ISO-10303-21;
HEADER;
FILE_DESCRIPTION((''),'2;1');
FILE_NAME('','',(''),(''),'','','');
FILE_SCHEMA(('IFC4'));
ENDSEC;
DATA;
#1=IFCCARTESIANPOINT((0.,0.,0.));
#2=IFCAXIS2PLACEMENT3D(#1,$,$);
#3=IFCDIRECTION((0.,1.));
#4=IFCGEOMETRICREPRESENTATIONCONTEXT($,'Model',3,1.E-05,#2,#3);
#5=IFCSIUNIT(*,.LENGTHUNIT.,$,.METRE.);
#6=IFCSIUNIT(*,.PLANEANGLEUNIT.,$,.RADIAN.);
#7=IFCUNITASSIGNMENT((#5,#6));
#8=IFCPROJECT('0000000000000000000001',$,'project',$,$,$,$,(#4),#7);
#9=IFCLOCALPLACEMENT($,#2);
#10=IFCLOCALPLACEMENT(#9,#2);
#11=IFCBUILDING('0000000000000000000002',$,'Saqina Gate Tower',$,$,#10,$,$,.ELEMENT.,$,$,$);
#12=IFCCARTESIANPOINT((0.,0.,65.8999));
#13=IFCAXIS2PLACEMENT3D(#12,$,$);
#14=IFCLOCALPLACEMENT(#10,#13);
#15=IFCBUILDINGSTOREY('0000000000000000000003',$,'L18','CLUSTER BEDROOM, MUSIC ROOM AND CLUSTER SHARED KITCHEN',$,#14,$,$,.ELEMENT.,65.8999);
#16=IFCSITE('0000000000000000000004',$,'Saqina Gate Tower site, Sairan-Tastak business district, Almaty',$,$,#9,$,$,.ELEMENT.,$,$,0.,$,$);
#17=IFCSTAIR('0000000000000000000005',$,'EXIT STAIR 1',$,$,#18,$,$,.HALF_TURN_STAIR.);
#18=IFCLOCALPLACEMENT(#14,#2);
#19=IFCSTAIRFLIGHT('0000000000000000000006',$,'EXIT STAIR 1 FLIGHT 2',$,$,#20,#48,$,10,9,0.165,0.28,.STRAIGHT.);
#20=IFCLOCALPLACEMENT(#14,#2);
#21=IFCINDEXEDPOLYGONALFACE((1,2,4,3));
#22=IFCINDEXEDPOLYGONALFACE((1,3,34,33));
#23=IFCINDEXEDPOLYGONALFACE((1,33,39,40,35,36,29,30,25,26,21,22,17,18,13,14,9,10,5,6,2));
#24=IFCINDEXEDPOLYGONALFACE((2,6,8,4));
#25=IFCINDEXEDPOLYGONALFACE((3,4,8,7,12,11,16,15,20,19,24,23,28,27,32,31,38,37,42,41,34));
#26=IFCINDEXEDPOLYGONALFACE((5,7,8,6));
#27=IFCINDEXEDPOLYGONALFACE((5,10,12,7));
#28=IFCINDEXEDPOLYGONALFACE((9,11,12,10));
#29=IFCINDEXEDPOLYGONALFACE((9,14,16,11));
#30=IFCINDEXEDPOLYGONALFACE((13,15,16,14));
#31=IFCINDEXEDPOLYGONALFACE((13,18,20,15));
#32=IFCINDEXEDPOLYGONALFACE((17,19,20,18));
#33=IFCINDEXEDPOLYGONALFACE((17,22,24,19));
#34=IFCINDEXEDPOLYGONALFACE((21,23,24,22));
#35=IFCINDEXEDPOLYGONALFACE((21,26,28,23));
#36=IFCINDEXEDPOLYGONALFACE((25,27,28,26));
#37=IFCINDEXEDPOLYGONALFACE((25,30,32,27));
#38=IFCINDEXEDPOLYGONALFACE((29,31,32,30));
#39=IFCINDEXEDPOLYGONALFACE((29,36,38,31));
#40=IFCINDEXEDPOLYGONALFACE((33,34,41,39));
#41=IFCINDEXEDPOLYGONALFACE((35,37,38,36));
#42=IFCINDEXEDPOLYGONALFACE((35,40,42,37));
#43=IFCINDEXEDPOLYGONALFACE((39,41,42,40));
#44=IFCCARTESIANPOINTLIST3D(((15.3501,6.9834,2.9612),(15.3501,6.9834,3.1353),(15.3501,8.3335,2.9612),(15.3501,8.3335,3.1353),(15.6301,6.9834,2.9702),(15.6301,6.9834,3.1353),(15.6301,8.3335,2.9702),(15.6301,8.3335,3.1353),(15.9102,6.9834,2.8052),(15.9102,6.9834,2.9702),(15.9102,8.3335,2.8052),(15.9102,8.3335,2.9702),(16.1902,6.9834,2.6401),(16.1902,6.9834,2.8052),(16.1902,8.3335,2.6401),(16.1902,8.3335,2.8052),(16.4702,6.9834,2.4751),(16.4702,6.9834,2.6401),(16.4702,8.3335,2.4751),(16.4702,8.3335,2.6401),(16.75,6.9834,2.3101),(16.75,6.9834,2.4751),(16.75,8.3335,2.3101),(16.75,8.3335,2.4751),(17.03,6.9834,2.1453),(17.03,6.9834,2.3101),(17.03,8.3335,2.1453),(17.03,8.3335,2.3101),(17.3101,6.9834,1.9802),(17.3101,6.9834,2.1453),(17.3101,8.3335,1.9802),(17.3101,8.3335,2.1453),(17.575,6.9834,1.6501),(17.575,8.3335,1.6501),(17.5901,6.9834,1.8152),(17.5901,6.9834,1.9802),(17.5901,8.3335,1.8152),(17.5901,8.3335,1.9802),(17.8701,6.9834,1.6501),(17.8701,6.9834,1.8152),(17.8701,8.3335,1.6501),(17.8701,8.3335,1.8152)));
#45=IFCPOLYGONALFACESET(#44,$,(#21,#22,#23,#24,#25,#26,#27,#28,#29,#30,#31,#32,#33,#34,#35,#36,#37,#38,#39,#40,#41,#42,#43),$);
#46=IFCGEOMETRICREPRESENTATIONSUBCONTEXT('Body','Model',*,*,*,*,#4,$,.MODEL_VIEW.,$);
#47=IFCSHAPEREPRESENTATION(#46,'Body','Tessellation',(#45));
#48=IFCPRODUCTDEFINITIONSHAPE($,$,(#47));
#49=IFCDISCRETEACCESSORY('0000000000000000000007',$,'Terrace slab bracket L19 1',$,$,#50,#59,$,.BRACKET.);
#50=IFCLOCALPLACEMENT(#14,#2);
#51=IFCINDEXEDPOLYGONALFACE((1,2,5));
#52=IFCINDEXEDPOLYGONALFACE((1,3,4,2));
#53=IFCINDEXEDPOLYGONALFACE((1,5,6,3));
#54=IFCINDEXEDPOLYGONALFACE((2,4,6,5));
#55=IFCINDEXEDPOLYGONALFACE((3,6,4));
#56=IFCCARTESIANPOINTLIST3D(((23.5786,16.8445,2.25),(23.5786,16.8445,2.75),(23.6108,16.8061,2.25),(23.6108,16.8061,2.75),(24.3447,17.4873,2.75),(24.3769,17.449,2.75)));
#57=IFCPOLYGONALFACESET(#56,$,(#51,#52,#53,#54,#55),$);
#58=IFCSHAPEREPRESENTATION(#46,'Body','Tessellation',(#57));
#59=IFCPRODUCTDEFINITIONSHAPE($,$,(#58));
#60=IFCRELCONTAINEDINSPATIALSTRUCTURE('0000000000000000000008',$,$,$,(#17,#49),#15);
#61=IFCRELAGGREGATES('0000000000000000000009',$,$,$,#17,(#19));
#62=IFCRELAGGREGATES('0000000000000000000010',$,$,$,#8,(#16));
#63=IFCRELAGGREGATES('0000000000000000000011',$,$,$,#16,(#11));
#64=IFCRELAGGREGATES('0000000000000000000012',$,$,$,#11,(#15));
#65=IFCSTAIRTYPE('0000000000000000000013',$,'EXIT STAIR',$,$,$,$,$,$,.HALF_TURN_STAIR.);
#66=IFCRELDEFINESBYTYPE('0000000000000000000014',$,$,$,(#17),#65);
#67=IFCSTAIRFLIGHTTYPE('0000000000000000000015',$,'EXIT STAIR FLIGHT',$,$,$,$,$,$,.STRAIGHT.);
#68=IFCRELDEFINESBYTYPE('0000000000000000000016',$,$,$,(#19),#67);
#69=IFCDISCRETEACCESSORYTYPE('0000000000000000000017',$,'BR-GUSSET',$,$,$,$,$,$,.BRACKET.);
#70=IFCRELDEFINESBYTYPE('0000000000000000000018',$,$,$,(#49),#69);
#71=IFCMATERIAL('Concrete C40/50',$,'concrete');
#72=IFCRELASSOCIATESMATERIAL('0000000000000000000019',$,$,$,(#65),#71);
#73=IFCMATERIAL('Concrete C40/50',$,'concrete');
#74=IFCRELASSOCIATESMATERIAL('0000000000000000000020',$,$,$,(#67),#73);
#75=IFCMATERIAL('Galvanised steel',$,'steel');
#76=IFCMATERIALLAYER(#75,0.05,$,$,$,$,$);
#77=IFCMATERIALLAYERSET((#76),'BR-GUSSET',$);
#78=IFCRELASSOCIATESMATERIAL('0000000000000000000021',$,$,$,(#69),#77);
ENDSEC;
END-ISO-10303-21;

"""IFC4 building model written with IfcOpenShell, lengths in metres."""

from ifc_helpers import new_model, si_unit, direction, frame, origin, place, context, subcontext, project, spatial, polyline, outline, extrude, material, layer, layer_set, type_object, element, aggregate, save


model = new_model("IFC4")

# Units and contexts
model_context = context("Model", 3, precision=1e-05, world=origin(), true_north=direction((0.0, 1.0)))
body_context = subcontext(model_context, "Body", "Model", "MODEL_VIEW")
ifc_project = project(units=[si_unit("LENGTHUNIT", "METRE"), si_unit("PLANEANGLEUNIT", "RADIAN")], contexts=[model_context])

# Site, building, storey
site_placement = place(None, origin())
site = spatial("IfcSite", under=ifc_project, at=site_placement, Name="Saqina Gate Tower site, Sairan-Tastak business district, Almaty", CompositionType="ELEMENT", RefElevation=0.0)
building_placement = place(site_placement, origin())
building = spatial("IfcBuilding", under=site, at=building_placement, Name="Saqina Gate Tower", CompositionType="ELEMENT")
storey_placement = place(building_placement, frame((0.0, 0.0, 65.8999)))
storey = spatial("IfcBuildingStorey", under=building, at=storey_placement, Name="L18", Description="CLUSTER BEDROOM, MUSIC ROOM AND CLUSTER SHARED KITCHEN", CompositionType="ELEMENT", Elevation=65.8999)

# Stair, stair flight
ifc_material_1 = material(Name="Concrete C40/50", Category="concrete")
stair_type = type_object("IfcStairType", Name="EXIT STAIR", PredefinedType="HALF_TURN_STAIR", material=ifc_material_1)
stair_placement = place(storey_placement, origin())
stair = element("IfcStair", 1, at=stair_placement, inside=storey, type_object=stair_type, Name="EXIT STAIR 1", PredefinedType="HALF_TURN_STAIR")
ifc_material_2 = material(Name="Concrete C40/50", Category="concrete")
stair_flight_type = type_object("IfcStairFlightType", Name="EXIT STAIR FLIGHT", PredefinedType="STRAIGHT", material=ifc_material_2)
stair_flight_placement = place(storey_placement, frame((17.8701, 7.6584, 1.6501), z_axis=(0.0, 0.0, 1.0), x_axis=(-1.0, 0.0, 0.0)))
stair_flight = element("IfcStairFlight", 2, at=stair_flight_placement, type_object=stair_flight_type, Name="EXIT STAIR 1 FLIGHT 2", NumberOfRisers=10, NumberOfTreads=9, PredefinedType="STRAIGHT", RiserHeight=0.165, TreadLength=0.28, context=body_context, shape_type="SweptSolid", body=[
    extrude(outline(polyline([(0.0, 0.0), (0.0, 0.165), (0.28, 0.165), (0.28, 0.3301), (0.5601, 0.3301), (0.5601, 0.4951), (0.8401, 0.4951), (0.8401, 0.6599), (1.1201, 0.6599), (1.1201, 0.825), (1.3999, 0.825), (1.3999, 0.99), (1.6799, 0.99), (1.6799, 1.155), (1.96, 1.155), (1.96, 1.3201), (2.24, 1.3201), (2.24, 1.4851), (2.52, 1.4851), (2.52, 1.6499), (2.52, 1.311), (0.2952, 0.0), (0.0, 0.0)])), frame((0.0, 0.675, 0.0), z_axis=(0.0, -1.0, 0.0), x_axis=(1.0, 0.0, 0.0)), (0.0, 0.0, 1.0), 1.3501),
])
aggregate(stair, [stair_flight])

# Discrete accessory
ifc_material_3 = material(Name="Galvanised steel", Category="steel")
ifc_layer_1 = layer(ifc_material_3, 0.05)
ifc_layer_set_1 = layer_set([ifc_layer_1], Name="BR-GUSSET")
discrete_accessory_type = type_object("IfcDiscreteAccessoryType", Name="BR-GUSSET", PredefinedType="BRACKET", material=ifc_layer_set_1)
discrete_accessory_placement = place(storey_placement, frame((23.5786, 16.8445, 2.25), z_axis=(-0.642774, 0.766056, 0.0), x_axis=(0.0, 0.0, 1.0)))
element("IfcDiscreteAccessory", 3, at=discrete_accessory_placement, inside=storey, type_object=discrete_accessory_type, Name="Terrace slab bracket L19 1", PredefinedType="BRACKET", context=body_context, shape_type="SweptSolid", body=[
    extrude(outline(polyline([(0.0, 0.0), (0.5, 0.0), (0.5, 1.0001), (0.0, 0.0)])), origin(), (0.0, 0.0, -1.0), 0.05),
])

save(model, "model.ifc")
